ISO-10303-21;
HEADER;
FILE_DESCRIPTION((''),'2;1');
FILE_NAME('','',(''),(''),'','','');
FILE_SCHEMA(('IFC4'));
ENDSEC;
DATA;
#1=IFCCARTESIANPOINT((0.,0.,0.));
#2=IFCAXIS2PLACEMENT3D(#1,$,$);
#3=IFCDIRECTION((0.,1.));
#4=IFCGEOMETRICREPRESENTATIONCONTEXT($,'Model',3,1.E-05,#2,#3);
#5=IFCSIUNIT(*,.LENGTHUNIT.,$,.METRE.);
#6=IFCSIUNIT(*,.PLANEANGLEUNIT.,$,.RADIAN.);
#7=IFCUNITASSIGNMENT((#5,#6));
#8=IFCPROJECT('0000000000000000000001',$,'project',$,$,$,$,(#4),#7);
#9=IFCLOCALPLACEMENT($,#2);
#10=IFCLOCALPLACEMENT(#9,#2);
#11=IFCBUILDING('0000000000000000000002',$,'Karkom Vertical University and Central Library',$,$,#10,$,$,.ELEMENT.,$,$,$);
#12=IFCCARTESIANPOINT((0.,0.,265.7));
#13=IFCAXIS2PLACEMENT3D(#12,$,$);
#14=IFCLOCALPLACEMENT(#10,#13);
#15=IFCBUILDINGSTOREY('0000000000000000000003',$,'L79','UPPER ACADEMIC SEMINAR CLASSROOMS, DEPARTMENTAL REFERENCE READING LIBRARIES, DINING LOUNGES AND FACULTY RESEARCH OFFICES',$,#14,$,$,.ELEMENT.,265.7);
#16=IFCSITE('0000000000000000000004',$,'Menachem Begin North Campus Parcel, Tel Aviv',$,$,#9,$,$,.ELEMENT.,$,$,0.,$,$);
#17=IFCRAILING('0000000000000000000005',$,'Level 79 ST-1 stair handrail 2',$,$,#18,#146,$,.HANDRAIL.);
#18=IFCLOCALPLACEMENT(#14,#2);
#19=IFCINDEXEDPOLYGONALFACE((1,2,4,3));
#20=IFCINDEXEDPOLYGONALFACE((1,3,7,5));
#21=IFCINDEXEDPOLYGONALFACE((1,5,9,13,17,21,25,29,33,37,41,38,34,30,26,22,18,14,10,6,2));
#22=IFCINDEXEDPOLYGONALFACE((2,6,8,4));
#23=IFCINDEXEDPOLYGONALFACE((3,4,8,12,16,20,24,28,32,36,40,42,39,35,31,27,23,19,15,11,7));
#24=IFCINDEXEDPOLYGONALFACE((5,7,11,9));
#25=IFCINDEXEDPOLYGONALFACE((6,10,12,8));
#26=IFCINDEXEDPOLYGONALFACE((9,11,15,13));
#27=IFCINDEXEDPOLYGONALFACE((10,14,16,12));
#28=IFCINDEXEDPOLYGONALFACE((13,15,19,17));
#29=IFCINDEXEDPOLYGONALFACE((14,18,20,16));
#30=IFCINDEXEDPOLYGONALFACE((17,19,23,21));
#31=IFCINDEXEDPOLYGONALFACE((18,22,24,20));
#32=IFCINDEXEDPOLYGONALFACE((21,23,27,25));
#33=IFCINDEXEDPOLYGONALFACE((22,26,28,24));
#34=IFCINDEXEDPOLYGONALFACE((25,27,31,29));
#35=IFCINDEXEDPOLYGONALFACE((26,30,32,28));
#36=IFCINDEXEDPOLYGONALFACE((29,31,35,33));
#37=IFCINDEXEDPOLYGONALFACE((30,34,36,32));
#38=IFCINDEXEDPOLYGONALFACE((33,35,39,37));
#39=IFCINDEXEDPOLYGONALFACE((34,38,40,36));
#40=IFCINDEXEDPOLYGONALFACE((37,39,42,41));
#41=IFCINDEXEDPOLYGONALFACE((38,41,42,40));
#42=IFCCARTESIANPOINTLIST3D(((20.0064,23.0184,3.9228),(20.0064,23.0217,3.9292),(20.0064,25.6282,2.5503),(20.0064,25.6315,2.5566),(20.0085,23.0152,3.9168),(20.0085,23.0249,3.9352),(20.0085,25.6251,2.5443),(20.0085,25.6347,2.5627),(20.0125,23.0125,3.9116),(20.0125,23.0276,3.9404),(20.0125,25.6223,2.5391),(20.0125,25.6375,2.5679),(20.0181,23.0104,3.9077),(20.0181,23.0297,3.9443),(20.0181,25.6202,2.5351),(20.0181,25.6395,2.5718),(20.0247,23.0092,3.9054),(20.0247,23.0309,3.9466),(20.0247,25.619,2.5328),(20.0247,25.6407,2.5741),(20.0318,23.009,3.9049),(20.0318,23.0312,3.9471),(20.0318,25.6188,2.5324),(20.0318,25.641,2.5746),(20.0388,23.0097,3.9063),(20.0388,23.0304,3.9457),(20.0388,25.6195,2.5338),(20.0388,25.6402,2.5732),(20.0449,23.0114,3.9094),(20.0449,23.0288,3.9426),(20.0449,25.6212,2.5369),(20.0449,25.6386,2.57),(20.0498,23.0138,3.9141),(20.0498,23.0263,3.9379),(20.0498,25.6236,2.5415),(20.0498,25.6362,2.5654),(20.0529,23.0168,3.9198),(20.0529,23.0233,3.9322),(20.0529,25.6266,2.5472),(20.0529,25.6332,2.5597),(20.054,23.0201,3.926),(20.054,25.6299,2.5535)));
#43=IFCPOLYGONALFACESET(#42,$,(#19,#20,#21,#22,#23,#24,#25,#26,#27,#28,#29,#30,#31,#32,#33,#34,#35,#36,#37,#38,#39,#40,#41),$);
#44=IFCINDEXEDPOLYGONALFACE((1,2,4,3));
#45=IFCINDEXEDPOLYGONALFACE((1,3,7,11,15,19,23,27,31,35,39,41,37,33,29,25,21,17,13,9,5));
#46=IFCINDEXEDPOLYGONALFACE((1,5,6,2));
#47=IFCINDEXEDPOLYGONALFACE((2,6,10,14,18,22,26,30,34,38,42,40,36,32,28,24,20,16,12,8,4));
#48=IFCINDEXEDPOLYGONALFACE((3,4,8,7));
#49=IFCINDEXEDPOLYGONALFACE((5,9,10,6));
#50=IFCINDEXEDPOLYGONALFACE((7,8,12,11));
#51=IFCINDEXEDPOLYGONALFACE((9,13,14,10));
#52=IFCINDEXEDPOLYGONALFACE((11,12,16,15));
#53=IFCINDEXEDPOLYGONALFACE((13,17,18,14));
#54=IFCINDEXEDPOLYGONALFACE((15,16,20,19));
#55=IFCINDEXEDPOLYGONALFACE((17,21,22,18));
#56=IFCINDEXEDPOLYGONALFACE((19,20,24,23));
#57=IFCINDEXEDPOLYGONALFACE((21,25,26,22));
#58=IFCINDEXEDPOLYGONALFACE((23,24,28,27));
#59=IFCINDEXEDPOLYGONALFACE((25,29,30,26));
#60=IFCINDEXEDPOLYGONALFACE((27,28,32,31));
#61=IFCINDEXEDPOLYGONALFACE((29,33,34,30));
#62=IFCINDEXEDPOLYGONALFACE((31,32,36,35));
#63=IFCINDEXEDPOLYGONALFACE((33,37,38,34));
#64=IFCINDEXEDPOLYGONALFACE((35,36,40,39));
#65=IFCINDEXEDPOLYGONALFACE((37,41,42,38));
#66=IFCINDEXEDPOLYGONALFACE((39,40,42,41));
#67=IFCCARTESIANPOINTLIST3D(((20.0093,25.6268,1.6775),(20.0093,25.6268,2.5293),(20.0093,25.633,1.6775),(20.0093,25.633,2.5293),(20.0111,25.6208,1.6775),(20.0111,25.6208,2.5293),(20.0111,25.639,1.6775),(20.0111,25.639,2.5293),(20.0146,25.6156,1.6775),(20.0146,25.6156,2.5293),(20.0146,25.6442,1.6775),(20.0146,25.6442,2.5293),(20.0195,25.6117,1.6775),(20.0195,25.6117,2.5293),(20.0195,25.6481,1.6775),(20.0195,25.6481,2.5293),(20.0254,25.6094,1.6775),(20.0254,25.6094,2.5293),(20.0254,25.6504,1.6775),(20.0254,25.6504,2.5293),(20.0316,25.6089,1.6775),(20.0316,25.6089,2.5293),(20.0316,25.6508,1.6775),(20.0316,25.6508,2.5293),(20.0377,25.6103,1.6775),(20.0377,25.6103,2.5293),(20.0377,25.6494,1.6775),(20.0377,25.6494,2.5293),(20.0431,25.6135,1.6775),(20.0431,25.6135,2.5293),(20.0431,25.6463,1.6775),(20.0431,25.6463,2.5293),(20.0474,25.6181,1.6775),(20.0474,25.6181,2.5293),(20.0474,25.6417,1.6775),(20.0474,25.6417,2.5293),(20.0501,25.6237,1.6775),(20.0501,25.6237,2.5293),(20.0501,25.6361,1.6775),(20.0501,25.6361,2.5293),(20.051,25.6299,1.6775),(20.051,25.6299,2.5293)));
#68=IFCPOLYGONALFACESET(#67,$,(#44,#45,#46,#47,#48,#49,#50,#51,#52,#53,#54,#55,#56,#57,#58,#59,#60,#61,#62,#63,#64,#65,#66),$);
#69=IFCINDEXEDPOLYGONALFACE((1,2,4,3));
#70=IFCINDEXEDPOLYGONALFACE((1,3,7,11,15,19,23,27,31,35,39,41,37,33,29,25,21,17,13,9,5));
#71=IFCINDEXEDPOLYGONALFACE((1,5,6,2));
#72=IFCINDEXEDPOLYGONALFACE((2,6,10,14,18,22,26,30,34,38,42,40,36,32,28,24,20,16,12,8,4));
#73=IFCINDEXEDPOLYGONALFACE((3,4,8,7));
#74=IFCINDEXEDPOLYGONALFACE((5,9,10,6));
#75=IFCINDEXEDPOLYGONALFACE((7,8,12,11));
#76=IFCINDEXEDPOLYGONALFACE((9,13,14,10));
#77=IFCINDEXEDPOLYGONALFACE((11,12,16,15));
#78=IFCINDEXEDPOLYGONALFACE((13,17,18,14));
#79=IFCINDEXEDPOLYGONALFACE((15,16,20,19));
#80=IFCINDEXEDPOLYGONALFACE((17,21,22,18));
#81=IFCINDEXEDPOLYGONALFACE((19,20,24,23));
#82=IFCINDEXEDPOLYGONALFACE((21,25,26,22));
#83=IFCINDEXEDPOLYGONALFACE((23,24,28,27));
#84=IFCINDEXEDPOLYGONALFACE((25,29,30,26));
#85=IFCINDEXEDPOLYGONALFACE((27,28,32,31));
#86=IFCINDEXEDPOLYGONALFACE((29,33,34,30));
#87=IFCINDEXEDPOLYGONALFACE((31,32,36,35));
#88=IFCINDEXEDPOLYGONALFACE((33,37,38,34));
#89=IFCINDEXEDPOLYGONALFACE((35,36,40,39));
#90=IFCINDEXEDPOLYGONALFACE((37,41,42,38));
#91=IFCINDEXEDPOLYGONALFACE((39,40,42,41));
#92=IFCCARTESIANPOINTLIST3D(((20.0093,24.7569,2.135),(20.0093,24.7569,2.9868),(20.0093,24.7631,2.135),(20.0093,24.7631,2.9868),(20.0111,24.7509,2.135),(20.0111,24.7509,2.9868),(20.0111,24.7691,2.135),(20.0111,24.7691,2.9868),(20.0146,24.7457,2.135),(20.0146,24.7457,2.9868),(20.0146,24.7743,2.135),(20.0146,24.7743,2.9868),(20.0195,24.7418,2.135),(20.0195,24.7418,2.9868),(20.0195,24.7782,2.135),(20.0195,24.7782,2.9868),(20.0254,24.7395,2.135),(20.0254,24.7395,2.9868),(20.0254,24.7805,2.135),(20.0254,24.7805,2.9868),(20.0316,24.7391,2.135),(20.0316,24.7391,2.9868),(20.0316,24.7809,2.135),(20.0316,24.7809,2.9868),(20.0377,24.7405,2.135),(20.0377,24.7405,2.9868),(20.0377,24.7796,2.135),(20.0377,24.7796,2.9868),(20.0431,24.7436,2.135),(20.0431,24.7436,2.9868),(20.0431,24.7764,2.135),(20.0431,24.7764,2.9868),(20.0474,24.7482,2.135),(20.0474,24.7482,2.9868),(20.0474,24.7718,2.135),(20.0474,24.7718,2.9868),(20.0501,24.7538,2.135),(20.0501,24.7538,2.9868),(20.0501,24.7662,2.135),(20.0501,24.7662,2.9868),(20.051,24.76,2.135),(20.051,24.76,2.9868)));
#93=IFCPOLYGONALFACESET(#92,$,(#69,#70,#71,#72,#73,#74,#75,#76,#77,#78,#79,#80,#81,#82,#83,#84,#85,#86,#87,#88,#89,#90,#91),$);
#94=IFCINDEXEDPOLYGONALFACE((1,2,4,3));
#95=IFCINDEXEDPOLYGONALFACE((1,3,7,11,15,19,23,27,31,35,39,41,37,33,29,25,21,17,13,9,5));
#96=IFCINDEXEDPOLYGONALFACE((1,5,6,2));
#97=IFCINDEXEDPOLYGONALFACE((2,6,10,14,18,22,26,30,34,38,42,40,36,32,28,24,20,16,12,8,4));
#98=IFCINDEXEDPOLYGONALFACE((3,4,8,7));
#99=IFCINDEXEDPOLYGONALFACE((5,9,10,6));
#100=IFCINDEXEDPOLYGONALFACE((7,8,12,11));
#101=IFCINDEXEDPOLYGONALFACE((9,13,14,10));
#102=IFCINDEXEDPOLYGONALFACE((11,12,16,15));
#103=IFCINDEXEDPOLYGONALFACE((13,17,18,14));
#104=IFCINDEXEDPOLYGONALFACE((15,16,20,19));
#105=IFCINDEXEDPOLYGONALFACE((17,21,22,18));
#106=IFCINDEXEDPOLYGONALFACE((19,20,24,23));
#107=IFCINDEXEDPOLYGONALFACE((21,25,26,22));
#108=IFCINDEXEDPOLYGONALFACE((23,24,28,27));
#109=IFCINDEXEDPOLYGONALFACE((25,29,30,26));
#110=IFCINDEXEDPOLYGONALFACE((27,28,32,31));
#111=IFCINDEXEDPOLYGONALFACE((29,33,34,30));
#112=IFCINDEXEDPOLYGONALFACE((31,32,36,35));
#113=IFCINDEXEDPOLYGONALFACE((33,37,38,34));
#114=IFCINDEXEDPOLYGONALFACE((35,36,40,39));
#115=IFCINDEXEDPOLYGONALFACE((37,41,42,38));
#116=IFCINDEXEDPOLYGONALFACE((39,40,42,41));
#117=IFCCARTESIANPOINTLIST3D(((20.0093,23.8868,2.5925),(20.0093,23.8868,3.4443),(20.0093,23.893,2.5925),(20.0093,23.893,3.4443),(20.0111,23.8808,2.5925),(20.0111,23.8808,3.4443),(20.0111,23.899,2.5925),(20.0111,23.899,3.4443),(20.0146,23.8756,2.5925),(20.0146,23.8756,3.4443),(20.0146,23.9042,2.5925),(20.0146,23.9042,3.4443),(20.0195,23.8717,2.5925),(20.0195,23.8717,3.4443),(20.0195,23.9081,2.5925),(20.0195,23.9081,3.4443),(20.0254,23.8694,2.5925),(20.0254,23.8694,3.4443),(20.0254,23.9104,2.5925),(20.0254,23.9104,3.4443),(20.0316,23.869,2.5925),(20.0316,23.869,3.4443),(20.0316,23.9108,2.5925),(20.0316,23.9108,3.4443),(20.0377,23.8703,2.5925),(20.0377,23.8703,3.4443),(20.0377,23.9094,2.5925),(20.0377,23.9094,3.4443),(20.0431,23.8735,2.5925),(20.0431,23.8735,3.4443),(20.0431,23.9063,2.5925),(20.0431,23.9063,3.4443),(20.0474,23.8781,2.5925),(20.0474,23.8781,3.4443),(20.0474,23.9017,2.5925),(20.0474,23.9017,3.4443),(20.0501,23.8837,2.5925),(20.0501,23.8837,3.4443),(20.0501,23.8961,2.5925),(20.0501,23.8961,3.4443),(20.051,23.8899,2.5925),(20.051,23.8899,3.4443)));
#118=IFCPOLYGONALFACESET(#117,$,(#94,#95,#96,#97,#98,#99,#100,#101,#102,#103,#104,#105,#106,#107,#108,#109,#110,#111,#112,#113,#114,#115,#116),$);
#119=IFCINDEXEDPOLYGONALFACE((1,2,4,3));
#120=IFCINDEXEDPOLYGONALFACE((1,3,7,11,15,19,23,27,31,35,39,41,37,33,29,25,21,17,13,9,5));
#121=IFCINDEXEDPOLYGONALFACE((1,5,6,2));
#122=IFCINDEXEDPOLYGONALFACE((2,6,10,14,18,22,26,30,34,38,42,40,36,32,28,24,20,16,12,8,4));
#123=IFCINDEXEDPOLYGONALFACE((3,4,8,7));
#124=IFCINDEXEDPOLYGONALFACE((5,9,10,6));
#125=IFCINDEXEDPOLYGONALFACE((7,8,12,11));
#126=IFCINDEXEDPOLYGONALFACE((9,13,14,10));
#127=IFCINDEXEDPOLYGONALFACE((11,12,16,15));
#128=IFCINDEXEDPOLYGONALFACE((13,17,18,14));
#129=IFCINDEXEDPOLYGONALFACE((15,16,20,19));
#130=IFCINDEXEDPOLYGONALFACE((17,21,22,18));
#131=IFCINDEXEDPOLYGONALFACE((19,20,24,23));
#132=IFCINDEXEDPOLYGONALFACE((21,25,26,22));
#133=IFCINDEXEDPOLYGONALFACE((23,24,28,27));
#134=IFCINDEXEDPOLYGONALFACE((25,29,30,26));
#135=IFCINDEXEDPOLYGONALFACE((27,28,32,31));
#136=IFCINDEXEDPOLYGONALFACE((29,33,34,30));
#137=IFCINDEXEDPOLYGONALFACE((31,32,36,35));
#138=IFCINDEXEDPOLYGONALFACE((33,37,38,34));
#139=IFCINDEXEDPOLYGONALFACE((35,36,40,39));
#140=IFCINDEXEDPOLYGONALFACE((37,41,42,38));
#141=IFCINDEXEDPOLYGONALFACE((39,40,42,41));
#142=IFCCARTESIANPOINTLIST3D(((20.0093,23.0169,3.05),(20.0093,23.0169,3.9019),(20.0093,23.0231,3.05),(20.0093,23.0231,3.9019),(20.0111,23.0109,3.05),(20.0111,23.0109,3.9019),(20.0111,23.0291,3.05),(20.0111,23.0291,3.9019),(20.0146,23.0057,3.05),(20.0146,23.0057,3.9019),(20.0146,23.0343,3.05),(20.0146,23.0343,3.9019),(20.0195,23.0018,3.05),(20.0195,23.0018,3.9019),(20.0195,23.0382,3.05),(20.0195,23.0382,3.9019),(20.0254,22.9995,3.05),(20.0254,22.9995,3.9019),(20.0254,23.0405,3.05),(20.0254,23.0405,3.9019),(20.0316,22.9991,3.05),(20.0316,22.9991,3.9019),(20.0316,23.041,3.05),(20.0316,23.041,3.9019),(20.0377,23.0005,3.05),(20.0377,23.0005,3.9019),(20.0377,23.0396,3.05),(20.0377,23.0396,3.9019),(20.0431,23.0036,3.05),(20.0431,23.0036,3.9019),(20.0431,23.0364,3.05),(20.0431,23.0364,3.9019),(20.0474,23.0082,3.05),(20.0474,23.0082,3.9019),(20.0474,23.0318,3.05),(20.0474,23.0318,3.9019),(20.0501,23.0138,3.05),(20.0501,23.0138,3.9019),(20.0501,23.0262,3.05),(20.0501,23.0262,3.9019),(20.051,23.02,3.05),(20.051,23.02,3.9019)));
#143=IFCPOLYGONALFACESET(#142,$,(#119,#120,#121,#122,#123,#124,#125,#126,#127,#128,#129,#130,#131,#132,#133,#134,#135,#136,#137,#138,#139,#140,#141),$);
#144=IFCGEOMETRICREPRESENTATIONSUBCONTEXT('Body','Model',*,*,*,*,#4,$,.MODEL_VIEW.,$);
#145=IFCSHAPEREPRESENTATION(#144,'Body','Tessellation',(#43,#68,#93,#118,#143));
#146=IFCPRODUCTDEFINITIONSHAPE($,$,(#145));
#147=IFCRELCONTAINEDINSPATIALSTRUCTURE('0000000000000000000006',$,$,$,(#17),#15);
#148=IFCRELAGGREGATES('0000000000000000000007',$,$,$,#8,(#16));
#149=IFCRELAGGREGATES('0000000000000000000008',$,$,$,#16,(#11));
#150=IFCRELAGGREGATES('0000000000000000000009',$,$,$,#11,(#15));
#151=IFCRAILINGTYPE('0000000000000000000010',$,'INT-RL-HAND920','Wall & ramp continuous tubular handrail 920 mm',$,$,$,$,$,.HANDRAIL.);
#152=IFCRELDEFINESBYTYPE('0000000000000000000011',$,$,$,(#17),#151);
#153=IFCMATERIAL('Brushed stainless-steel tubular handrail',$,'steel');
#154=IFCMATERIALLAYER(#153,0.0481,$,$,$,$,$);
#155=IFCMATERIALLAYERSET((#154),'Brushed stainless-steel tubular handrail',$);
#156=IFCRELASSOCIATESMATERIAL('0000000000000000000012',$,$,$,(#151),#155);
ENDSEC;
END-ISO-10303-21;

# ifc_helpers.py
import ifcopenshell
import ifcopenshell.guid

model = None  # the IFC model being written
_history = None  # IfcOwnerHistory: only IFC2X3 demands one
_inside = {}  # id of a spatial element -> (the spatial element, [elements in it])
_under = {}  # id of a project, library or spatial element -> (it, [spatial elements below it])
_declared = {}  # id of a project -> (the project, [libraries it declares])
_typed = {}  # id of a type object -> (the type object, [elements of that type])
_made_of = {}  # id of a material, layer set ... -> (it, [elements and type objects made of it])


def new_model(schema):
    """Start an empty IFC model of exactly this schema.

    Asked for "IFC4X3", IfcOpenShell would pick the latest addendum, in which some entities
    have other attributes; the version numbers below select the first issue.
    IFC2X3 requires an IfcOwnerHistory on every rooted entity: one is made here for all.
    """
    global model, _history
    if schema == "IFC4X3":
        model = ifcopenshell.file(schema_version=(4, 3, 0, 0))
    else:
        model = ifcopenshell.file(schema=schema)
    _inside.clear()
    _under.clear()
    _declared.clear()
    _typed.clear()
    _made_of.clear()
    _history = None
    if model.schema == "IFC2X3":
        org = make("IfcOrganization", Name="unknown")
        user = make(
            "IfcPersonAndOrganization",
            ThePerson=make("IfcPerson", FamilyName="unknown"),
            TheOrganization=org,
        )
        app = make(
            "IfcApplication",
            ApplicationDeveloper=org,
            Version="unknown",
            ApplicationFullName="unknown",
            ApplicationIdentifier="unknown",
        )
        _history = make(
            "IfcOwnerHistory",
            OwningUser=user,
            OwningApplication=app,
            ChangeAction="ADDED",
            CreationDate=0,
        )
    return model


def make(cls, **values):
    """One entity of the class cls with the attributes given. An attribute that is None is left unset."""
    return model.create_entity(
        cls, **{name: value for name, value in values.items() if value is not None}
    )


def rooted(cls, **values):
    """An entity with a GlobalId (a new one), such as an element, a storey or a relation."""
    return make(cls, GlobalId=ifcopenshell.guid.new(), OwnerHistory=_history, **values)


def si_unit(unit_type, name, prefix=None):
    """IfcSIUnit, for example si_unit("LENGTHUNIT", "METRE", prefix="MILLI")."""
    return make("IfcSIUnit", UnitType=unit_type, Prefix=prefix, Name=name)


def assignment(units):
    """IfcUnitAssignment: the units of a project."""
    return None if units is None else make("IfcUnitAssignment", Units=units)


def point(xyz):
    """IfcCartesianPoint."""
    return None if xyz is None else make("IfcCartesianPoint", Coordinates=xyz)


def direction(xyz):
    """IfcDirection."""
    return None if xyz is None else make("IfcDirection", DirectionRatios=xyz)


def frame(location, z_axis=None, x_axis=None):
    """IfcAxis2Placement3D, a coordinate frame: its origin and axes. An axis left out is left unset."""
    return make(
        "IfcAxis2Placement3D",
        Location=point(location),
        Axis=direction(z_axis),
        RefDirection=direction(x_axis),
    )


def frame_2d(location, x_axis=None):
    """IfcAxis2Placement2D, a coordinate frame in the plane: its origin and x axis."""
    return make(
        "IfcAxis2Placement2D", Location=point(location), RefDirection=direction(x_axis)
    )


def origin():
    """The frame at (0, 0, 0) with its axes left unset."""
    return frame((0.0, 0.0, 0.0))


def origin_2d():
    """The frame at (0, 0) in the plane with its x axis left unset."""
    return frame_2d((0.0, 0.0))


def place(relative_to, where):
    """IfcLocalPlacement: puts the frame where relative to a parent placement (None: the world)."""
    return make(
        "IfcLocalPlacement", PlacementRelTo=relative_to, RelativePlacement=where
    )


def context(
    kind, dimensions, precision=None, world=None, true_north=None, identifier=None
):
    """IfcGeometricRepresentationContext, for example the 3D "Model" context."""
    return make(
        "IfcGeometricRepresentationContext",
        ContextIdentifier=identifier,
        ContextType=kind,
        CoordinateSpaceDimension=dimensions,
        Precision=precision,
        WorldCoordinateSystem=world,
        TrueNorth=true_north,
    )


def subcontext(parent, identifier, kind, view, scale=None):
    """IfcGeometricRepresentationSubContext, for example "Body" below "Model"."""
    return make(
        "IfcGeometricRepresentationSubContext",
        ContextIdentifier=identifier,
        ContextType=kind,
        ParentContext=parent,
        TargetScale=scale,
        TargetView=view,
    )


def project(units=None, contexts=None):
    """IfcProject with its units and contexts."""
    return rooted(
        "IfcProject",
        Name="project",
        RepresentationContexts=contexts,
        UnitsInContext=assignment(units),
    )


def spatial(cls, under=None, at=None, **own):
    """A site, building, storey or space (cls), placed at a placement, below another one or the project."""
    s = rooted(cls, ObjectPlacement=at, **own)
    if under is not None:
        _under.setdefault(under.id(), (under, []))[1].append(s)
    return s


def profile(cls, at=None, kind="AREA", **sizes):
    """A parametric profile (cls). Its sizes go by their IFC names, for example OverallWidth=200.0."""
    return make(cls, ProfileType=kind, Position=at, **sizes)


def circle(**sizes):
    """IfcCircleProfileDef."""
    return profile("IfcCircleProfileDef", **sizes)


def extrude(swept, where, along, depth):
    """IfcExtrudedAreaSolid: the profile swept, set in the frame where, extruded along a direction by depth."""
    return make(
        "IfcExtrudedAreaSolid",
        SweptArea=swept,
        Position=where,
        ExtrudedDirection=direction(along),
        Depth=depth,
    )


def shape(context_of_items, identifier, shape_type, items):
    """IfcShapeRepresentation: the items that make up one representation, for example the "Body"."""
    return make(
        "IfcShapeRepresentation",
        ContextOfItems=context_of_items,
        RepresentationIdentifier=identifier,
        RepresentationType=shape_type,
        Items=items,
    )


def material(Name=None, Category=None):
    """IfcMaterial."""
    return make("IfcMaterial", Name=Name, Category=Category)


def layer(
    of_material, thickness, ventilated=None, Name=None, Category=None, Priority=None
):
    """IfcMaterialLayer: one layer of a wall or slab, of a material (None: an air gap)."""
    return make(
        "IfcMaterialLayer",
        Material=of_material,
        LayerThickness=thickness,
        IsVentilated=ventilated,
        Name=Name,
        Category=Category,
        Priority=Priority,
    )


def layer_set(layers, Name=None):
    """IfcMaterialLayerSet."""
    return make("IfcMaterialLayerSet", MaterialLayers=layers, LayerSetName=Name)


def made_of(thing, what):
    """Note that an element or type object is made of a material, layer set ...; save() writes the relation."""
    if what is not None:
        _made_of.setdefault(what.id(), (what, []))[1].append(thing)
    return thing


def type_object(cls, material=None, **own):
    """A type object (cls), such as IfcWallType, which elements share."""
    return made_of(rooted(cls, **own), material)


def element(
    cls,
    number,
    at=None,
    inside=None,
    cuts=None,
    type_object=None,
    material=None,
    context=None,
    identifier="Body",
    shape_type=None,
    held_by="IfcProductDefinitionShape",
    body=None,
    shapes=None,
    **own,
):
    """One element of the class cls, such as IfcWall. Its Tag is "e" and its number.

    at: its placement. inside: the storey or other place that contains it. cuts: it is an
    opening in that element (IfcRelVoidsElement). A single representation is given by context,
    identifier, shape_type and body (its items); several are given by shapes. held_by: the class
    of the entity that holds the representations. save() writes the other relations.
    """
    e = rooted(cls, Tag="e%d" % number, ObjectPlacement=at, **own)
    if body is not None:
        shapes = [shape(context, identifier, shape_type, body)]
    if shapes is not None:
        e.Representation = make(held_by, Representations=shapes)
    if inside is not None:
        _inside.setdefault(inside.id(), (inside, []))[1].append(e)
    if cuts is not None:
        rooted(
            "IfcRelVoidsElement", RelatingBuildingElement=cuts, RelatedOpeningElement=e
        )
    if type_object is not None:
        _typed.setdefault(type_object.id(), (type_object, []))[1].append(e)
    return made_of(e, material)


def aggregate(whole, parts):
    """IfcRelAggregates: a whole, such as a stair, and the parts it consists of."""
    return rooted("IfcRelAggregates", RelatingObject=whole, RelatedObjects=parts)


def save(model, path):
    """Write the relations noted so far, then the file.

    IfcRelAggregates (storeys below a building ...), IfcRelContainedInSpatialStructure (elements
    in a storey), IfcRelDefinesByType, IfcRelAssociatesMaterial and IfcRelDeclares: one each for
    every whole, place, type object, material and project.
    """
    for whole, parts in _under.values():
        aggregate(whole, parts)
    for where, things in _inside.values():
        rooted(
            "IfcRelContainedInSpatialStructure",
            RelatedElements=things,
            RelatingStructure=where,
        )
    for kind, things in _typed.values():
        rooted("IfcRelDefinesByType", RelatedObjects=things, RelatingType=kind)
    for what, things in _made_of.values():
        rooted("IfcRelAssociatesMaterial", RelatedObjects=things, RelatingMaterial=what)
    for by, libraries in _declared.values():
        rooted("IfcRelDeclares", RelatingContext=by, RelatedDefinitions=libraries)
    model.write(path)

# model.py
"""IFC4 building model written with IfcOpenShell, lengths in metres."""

from ifc_helpers import new_model, si_unit, direction, frame, origin, origin_2d, place, context, subcontext, project, spatial, circle, extrude, material, layer, layer_set, type_object, element, save


model = new_model("IFC4")

# Units and contexts
model_context = context("Model", 3, precision=1e-05, world=origin(), true_north=direction((0.0, 1.0)))
body_context = subcontext(model_context, "Body", "Model", "MODEL_VIEW")
ifc_project = project(units=[si_unit("LENGTHUNIT", "METRE"), si_unit("PLANEANGLEUNIT", "RADIAN")], contexts=[model_context])

# Site, building, storey
site_placement = place(None, origin())
site = spatial("IfcSite", under=ifc_project, at=site_placement, Name="Menachem Begin North Campus Parcel, Tel Aviv", CompositionType="ELEMENT", RefElevation=0.0)
building_placement = place(site_placement, origin())
building = spatial("IfcBuilding", under=site, at=building_placement, Name="Karkom Vertical University and Central Library", CompositionType="ELEMENT")
storey_placement = place(building_placement, frame((0.0, 0.0, 265.7)))
storey = spatial("IfcBuildingStorey", under=building, at=storey_placement, Name="L79", Description="UPPER ACADEMIC SEMINAR CLASSROOMS, DEPARTMENTAL REFERENCE READING LIBRARIES, DINING LOUNGES AND FACULTY RESEARCH OFFICES", CompositionType="ELEMENT", Elevation=265.7)

# Railing
ifc_material_1 = material(Name="Brushed stainless-steel tubular handrail", Category="steel")
ifc_layer_1 = layer(ifc_material_1, 0.0481)
ifc_layer_set_1 = layer_set([ifc_layer_1], Name="Brushed stainless-steel tubular handrail")
railing_type_1 = type_object("IfcRailingType", Name="INT-RL-HAND920", Description="Wall & ramp continuous tubular handrail 920 mm", PredefinedType="HANDRAIL", material=ifc_layer_set_1)
railing_1_placement = place(storey_placement, frame((20.03, 25.6299, 1.6775)))
element("IfcRailing", 1, at=railing_1_placement, inside=storey, type_object=railing_type_1, Name="Level 79 ST-1 stair handrail 2", PredefinedType="HANDRAIL", context=body_context, shape_type="SweptSolid", body=[
    extrude(circle(Radius=0.0239, at=origin_2d()), frame((0.0, 0.0, 0.876), z_axis=(0.0, -0.885065, 0.465467), x_axis=(1.0, 0.0, 0.0)), (0.0, 0.0, 1.0), 2.9487),
    extrude(circle(Radius=0.021, at=origin_2d()), origin(), (0.0, 0.0, 1.0), 0.8518),
    extrude(circle(Radius=0.021, at=origin_2d()), frame((0.0, -0.8699, 0.4575)), (0.0, 0.0, 1.0), 0.8518),
    extrude(circle(Radius=0.021, at=origin_2d()), frame((0.0, -1.74, 0.915)), (0.0, 0.0, 1.0), 0.8518),
    extrude(circle(Radius=0.021, at=origin_2d()), frame((0.0, -2.6099, 1.3726)), (0.0, 0.0, 1.0), 0.8518),
])

save(model, "model.ifc")
